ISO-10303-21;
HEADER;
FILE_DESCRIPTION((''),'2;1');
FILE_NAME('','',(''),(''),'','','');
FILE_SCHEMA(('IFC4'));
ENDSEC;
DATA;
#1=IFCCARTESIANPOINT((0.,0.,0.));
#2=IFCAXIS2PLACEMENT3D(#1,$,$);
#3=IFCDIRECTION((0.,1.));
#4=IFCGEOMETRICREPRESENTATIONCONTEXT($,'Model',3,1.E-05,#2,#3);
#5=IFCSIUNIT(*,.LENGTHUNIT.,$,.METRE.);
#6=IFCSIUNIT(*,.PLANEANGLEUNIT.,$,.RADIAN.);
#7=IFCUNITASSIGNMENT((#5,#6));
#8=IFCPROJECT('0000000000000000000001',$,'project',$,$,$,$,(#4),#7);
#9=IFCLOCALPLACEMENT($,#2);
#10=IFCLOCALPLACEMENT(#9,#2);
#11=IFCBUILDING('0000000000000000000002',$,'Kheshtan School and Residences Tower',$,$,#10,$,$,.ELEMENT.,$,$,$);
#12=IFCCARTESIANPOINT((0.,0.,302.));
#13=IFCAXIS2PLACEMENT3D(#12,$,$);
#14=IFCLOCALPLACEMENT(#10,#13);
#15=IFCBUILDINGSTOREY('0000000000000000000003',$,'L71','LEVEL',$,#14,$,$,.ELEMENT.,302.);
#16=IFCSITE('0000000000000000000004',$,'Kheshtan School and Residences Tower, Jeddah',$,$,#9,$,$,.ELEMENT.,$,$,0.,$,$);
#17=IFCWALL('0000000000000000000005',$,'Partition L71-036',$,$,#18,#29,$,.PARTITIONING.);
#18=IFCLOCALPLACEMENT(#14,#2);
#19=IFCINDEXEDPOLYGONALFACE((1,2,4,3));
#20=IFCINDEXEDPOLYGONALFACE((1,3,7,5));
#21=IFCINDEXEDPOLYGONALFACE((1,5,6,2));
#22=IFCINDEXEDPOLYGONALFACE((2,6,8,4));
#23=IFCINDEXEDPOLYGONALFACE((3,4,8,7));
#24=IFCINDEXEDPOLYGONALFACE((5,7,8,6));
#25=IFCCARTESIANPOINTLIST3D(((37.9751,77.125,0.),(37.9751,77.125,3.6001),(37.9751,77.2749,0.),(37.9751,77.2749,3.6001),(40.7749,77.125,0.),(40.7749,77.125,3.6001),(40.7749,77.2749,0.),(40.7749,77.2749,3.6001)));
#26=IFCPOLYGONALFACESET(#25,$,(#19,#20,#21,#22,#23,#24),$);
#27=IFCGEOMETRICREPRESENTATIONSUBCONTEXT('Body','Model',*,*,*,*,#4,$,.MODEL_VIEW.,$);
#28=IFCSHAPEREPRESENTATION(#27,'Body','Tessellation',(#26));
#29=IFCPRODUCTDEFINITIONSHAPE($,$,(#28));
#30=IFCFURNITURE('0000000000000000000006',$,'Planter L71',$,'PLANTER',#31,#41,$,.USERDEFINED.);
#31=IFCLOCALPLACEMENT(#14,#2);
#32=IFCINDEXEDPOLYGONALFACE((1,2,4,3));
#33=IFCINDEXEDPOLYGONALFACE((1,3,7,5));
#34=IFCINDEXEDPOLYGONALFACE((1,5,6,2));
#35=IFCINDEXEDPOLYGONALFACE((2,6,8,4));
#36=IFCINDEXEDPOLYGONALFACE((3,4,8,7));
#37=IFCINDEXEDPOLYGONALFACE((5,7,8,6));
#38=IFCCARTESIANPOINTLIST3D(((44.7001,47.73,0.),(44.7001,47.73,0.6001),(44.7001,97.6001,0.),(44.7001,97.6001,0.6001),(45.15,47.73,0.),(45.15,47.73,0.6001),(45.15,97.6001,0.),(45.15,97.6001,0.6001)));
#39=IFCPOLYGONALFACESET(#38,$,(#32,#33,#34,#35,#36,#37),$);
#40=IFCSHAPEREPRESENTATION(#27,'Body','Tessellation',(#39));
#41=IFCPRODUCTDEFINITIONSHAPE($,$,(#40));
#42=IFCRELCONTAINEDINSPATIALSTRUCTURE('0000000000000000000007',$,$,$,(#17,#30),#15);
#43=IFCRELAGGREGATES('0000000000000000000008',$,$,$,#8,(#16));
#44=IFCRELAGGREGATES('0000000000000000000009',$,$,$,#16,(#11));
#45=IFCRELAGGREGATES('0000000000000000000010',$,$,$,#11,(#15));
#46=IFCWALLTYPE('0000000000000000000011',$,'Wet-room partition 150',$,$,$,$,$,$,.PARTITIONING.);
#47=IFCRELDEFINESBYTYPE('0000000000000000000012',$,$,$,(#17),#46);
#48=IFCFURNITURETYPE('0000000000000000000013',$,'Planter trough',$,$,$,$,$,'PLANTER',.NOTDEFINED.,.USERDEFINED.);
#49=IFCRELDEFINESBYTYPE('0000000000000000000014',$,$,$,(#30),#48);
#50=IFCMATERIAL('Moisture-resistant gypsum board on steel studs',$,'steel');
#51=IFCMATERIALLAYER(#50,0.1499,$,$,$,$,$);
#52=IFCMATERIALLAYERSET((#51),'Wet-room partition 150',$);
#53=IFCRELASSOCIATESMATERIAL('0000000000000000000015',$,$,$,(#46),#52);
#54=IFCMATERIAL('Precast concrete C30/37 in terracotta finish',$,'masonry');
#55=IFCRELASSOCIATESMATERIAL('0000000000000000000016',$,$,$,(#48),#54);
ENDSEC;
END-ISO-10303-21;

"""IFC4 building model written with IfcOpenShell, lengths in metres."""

from ifc_helpers import new_model, si_unit, direction, frame, frame_2d, origin, origin_2d, place, context, subcontext, project, spatial, rectangle, extrude, material, layer, layer_set, type_object, element, save


model = new_model("IFC4")

# Units and contexts
model_context = context("Model", 3, precision=1e-05, world=origin(), true_north=direction((0.0, 1.0)))
body_context = subcontext(model_context, "Body", "Model", "MODEL_VIEW")
ifc_project = project(units=[si_unit("LENGTHUNIT", "METRE"), si_unit("PLANEANGLEUNIT", "RADIAN")], contexts=[model_context])

# Site, building, storey
site_placement = place(None, origin())
site = spatial("IfcSite", under=ifc_project, at=site_placement, Name="Kheshtan School and Residences Tower, Jeddah", CompositionType="ELEMENT", RefElevation=0.0)
building_placement = place(site_placement, origin())
building = spatial("IfcBuilding", under=site, at=building_placement, Name="Kheshtan School and Residences Tower", CompositionType="ELEMENT")
storey_placement = place(building_placement, frame((0.0, 0.0, 302.0)))
storey = spatial("IfcBuildingStorey", under=building, at=storey_placement, Name="L71", Description="LEVEL", CompositionType="ELEMENT", Elevation=302.0)

# Wall
ifc_material_1 = material(Name="Moisture-resistant gypsum board on steel studs", Category="steel")
ifc_layer_1 = layer(ifc_material_1, 0.1499)
ifc_layer_set_1 = layer_set([ifc_layer_1], Name="Wet-room partition 150")
wall_type_1 = type_object("IfcWallType", Name="Wet-room partition 150", PredefinedType="PARTITIONING", material=ifc_layer_set_1)
wall_1_placement = place(storey_placement, frame((37.9751, 77.2, 0.0), z_axis=(0.0, 0.0, 1.0), x_axis=(1.0, 0.0, 0.0)))
element("IfcWall", 1, at=wall_1_placement, inside=storey, type_object=wall_type_1, Name="Partition L71-036", PredefinedType="PARTITIONING", context=body_context, shape_type="SweptSolid", body=[
    extrude(rectangle(XDim=2.7998, YDim=0.1499, at=frame_2d((1.3999, 0.0))), origin(), (0.0, 0.0, 1.0), 3.6001),
])

# Furniture
ifc_material_2 = material(Name="Precast concrete C30/37 in terracotta finish", Category="masonry")
furniture_type = type_object("IfcFurnitureType", Name="Planter trough", ElementType="PLANTER", AssemblyPlace="NOTDEFINED", PredefinedType="USERDEFINED", material=ifc_material_2)
furniture_placement = place(storey_placement, frame((44.925, 72.665, 0.0), z_axis=(0.0, 0.0, 1.0), x_axis=(0.0, -1.0, 0.0)))
element("IfcFurniture", 2, at=furniture_placement, inside=storey, type_object=furniture_type, Name="Planter L71", ObjectType="PLANTER", PredefinedType="USERDEFINED", context=body_context, shape_type="SweptSolid", body=[
    extrude(rectangle(XDim=49.8701, YDim=0.45, at=origin_2d()), origin(), (0.0, 0.0, 1.0), 0.6001),
])

save(model, "model.ifc")
